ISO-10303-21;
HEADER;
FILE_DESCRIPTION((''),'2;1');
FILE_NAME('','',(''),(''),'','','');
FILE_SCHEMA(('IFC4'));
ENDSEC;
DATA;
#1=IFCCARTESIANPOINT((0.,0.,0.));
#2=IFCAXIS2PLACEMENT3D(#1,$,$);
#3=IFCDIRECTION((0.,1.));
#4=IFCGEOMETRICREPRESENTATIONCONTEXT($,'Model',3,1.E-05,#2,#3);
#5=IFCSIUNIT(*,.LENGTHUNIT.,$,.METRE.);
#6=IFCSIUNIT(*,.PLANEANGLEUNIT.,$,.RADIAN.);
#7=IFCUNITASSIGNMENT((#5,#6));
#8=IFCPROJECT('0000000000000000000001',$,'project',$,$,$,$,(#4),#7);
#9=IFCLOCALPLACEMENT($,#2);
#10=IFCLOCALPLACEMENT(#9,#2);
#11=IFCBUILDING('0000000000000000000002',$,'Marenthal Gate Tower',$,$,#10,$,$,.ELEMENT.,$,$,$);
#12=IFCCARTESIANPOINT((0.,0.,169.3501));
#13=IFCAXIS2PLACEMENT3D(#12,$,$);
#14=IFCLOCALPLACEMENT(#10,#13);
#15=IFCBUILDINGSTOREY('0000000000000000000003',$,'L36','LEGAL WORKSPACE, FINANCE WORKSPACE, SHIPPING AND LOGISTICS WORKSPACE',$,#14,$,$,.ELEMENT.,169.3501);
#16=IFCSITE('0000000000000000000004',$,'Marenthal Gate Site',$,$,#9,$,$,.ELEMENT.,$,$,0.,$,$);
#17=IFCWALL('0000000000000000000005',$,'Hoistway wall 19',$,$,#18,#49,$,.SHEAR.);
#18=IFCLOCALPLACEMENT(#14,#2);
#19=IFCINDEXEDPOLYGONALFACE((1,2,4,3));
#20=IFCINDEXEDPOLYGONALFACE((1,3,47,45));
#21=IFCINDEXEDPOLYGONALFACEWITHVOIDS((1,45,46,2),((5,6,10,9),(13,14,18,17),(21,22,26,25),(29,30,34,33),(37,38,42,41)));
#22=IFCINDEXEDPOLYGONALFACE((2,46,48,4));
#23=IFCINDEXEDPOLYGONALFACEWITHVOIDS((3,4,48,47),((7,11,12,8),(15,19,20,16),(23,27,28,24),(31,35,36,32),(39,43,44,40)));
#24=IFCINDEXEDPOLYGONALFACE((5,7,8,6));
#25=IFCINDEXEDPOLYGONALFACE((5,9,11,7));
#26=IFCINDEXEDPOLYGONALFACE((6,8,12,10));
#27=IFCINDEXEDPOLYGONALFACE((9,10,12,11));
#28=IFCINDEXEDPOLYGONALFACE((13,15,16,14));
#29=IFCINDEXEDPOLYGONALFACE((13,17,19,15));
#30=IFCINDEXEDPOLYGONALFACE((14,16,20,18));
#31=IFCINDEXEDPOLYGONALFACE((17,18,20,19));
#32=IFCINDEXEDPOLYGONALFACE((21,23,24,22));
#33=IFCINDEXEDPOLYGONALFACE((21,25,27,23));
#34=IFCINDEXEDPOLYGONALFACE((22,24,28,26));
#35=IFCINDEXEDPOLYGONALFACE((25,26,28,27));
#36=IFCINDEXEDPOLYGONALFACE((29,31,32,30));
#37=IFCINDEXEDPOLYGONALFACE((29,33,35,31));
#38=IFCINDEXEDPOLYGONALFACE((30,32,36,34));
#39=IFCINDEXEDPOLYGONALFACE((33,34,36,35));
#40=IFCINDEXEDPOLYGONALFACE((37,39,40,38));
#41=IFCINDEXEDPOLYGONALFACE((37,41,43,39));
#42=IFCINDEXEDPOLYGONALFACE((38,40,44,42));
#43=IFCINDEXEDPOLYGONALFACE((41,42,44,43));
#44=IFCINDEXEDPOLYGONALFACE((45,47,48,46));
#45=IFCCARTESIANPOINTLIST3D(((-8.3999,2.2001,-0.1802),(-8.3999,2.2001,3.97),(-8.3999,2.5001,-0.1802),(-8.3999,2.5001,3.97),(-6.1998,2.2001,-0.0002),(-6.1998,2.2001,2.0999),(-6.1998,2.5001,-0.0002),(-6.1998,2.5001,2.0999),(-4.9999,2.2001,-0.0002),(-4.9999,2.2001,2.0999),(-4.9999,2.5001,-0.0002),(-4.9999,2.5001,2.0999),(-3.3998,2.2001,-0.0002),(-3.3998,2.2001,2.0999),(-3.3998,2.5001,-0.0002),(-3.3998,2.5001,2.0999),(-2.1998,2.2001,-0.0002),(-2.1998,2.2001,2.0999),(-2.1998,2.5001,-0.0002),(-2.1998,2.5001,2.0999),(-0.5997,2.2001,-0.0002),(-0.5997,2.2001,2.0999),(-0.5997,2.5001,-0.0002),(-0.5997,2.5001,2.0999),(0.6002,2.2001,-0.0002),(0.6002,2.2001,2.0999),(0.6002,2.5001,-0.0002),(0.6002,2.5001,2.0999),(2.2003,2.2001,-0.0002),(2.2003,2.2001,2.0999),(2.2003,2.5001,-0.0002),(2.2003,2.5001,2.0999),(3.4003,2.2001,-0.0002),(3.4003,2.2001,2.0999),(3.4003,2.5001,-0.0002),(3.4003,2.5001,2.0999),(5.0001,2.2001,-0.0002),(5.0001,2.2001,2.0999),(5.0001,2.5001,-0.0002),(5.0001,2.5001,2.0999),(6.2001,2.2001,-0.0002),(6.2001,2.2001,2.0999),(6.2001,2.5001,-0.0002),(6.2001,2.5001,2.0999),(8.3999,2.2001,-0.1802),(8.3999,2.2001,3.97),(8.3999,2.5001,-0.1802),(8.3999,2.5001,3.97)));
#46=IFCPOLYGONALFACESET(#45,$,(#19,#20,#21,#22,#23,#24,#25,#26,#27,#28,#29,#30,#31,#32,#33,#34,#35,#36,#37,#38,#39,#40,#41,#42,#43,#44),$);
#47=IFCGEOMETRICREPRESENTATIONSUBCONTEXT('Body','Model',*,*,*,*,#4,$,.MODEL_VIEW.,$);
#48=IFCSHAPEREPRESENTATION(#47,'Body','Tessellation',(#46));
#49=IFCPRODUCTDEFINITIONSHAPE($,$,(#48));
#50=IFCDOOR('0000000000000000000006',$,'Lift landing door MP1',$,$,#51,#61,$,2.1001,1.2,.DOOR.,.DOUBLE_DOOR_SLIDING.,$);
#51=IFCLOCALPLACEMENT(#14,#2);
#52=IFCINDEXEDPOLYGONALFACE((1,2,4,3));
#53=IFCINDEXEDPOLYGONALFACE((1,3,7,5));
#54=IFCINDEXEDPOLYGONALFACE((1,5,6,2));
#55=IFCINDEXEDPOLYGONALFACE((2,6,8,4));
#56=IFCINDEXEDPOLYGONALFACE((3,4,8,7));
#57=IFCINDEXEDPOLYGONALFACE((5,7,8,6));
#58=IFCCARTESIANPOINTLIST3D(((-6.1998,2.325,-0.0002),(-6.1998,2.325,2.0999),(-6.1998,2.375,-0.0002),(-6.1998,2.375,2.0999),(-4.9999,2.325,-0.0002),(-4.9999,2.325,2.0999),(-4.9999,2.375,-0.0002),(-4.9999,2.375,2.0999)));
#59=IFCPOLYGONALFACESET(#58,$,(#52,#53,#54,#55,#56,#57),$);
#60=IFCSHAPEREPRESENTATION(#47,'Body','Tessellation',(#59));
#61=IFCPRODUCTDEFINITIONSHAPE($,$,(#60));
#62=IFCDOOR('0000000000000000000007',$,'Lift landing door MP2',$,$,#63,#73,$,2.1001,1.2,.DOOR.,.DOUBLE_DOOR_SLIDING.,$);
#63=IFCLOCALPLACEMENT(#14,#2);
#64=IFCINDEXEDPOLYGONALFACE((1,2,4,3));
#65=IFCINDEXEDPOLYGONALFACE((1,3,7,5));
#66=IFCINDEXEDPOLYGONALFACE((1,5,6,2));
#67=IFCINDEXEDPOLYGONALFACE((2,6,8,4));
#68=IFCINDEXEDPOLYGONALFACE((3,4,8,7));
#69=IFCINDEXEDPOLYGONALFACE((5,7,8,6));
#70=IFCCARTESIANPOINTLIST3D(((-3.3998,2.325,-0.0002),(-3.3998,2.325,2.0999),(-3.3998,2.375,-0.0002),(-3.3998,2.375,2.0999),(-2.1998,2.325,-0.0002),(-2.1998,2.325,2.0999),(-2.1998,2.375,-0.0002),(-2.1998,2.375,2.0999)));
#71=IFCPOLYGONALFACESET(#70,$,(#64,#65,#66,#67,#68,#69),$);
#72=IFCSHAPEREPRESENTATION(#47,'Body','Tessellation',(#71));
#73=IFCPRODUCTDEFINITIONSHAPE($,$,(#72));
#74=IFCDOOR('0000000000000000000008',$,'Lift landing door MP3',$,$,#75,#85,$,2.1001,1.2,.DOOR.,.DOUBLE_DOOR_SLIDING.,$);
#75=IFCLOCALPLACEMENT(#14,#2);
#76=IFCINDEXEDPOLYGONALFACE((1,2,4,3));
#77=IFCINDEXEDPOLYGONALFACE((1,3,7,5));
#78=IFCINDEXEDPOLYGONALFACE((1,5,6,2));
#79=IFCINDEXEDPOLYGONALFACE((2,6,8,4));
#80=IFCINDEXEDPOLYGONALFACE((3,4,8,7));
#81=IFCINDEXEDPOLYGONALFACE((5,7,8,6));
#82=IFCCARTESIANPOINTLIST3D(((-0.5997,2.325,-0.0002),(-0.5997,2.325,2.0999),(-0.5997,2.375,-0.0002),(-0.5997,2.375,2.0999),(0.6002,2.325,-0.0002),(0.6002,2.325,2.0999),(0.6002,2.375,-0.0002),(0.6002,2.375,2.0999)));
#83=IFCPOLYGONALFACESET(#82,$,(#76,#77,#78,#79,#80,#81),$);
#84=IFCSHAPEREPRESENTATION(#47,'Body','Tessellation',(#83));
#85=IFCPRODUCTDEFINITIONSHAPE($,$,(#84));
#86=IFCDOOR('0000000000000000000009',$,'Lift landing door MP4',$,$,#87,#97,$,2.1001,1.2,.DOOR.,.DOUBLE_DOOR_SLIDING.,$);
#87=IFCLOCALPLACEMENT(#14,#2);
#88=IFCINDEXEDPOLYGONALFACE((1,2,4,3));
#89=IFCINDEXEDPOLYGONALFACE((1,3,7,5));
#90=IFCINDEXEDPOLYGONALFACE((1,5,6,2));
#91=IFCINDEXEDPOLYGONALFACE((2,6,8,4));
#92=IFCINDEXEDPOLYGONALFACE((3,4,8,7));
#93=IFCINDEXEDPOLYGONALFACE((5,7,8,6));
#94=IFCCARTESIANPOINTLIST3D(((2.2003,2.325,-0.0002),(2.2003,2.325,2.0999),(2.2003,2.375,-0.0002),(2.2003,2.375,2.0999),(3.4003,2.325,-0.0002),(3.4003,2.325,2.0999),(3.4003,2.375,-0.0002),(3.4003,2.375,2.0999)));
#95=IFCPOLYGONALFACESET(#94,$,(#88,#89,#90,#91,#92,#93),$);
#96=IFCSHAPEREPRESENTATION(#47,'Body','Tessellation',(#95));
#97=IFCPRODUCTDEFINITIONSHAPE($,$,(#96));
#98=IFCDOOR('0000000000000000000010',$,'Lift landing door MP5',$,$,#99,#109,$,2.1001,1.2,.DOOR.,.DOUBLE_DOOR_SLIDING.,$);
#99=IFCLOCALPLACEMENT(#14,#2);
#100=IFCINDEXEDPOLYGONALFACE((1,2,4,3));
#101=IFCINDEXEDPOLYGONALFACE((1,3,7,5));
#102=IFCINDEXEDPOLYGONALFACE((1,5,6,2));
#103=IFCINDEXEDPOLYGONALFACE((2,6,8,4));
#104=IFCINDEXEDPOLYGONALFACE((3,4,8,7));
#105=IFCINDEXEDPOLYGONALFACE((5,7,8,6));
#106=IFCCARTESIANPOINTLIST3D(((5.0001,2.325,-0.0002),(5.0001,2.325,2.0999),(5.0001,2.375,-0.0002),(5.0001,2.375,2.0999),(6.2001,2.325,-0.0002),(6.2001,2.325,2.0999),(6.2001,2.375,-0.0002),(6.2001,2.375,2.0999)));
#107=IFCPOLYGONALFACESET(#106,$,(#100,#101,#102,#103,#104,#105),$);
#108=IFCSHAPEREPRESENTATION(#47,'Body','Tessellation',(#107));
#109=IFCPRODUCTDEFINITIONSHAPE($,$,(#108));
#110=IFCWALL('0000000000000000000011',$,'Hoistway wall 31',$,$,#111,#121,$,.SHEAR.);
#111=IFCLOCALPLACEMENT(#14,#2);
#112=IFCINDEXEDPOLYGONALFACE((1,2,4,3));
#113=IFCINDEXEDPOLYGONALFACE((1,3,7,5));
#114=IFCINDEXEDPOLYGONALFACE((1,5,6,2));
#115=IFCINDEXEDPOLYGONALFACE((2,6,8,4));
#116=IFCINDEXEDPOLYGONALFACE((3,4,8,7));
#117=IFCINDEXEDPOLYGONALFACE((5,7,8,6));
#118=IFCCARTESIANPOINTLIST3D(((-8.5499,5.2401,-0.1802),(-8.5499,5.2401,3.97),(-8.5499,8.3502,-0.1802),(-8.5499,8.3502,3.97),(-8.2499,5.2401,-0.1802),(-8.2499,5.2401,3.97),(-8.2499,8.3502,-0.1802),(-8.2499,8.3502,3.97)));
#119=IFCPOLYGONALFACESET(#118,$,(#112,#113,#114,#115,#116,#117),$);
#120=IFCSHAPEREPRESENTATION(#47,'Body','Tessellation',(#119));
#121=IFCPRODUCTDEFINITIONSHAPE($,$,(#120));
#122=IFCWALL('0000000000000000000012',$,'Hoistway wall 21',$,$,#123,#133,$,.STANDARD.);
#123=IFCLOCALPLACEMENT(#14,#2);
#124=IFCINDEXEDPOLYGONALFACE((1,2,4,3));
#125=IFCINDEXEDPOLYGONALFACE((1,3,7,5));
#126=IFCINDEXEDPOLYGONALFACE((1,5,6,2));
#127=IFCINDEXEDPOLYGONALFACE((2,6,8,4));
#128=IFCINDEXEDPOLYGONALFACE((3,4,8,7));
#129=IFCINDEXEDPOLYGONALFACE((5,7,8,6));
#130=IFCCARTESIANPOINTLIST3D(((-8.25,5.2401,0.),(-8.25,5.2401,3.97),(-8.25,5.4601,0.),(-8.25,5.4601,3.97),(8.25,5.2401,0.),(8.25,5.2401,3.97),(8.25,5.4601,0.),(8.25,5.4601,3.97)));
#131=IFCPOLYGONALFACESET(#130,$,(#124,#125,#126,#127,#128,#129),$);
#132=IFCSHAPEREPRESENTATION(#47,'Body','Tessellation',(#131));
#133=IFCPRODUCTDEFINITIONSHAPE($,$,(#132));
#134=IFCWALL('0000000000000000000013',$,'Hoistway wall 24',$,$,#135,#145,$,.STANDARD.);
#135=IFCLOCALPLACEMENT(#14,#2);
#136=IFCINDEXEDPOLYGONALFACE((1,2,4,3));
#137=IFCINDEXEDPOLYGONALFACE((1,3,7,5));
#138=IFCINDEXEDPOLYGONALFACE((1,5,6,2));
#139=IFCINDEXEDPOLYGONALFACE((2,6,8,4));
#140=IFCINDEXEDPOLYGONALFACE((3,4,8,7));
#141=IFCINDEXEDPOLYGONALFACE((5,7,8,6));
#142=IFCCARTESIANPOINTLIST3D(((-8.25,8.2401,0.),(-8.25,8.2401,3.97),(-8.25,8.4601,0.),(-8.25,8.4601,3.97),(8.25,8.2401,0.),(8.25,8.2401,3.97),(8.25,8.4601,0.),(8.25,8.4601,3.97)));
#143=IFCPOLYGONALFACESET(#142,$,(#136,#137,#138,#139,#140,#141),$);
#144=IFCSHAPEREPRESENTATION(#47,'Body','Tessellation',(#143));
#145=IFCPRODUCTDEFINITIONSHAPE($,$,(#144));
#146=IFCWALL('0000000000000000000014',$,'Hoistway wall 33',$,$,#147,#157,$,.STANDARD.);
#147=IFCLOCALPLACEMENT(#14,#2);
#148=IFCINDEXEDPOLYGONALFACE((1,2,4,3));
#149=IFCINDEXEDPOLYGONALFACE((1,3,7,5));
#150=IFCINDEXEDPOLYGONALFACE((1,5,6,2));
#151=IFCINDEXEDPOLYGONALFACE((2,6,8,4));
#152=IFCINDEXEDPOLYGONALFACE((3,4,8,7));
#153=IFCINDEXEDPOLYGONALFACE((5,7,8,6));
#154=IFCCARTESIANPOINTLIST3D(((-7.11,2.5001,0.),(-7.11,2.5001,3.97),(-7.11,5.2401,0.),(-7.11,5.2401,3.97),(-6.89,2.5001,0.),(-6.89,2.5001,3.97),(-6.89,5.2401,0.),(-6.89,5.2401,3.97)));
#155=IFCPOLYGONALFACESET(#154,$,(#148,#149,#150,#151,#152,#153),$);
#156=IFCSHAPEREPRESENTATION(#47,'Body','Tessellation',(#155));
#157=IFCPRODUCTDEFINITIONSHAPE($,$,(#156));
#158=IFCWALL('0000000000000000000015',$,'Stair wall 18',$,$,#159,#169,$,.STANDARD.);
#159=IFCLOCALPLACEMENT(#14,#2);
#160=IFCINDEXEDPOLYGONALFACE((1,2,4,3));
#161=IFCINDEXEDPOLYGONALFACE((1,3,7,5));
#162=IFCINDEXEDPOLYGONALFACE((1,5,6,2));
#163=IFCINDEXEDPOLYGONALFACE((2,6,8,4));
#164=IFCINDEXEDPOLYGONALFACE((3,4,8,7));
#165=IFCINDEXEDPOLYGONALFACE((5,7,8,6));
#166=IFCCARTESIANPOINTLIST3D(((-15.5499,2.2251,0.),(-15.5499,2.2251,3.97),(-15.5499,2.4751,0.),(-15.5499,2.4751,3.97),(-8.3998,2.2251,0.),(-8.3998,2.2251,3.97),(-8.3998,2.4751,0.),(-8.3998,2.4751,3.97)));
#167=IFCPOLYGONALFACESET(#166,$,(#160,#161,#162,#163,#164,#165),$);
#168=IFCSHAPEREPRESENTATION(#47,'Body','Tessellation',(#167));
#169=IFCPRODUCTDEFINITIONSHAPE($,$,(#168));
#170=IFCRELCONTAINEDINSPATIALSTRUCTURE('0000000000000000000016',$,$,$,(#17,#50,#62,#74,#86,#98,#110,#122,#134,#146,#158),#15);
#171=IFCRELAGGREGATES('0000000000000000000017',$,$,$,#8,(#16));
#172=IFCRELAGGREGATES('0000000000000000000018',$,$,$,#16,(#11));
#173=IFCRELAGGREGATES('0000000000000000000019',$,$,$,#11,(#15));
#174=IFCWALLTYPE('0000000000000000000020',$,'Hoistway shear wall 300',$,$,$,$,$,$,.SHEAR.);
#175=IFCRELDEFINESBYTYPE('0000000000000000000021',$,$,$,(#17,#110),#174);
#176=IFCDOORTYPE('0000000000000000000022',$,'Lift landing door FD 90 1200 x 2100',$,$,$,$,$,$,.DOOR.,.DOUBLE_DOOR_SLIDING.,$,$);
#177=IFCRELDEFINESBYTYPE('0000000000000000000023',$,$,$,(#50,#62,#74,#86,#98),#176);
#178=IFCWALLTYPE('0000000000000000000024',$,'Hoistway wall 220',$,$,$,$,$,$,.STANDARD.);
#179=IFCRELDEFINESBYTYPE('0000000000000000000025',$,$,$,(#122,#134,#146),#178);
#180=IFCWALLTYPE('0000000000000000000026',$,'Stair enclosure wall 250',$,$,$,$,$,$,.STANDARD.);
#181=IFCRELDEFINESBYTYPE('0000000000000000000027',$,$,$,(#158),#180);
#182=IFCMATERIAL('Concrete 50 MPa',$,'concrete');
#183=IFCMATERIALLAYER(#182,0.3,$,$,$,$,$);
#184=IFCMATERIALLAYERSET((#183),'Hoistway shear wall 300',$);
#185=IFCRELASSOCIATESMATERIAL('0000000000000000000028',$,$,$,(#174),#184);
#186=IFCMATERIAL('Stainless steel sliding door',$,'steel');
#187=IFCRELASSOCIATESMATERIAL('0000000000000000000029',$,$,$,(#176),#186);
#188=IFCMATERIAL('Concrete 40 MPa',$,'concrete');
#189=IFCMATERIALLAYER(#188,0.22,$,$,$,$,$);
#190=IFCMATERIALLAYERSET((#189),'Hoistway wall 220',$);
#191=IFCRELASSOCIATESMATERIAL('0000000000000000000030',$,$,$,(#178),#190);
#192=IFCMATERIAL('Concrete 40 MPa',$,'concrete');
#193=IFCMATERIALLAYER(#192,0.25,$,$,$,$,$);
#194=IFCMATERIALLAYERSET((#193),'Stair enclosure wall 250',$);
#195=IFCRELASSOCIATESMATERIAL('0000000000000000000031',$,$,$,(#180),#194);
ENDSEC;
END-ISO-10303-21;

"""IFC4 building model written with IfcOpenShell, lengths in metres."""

from ifc_helpers import new_model, si_unit, direction, frame, frame_2d, origin, place, context, subcontext, project, spatial, rectangle, extrude, material, layer, layer_set, type_object, element, fill, save


model = new_model("IFC4")

# Units and contexts
model_context = context("Model", 3, precision=1e-05, world=origin(), true_north=direction((0.0, 1.0)))
body_context = subcontext(model_context, "Body", "Model", "MODEL_VIEW")
ifc_project = project(units=[si_unit("LENGTHUNIT", "METRE"), si_unit("PLANEANGLEUNIT", "RADIAN")], contexts=[model_context])

# Site, building, storey
site_placement = place(None, origin())
site = spatial("IfcSite", under=ifc_project, at=site_placement, Name="Marenthal Gate Site", CompositionType="ELEMENT", RefElevation=0.0)
building_placement = place(site_placement, origin())
building = spatial("IfcBuilding", under=site, at=building_placement, Name="Marenthal Gate Tower", CompositionType="ELEMENT")
storey_placement = place(building_placement, frame((0.0, 0.0, 169.3501)))
storey = spatial("IfcBuildingStorey", under=building, at=storey_placement, Name="L36", Description="LEGAL WORKSPACE, FINANCE WORKSPACE, SHIPPING AND LOGISTICS WORKSPACE", CompositionType="ELEMENT", Elevation=169.3501)

# Wall, openings, doors
ifc_material_1 = material(Name="Concrete 50 MPa", Category="concrete")
ifc_layer_1 = layer(ifc_material_1, 0.3)
ifc_layer_set_1 = layer_set([ifc_layer_1], Name="Hoistway shear wall 300")
wall_type_1 = type_object("IfcWallType", Name="Hoistway shear wall 300", PredefinedType="SHEAR", material=ifc_layer_set_1)
wall_1_placement = place(storey_placement, frame((-8.3999, 2.3501, -0.1802), z_axis=(0.0, 0.0, 1.0), x_axis=(1.0, 0.0, 0.0)))
wall_1 = element("IfcWall", 1, at=wall_1_placement, inside=storey, type_object=wall_type_1, Name="Hoistway wall 19", PredefinedType="SHEAR", context=body_context, shape_type="SweptSolid", body=[
    extrude(rectangle(XDim=16.7998, YDim=0.3, at=frame_2d((8.3999, 0.0))), origin(), (0.0, 0.0, 1.0), 4.1501),
])
opening_1_placement = place(wall_1_placement, frame((2.2, 0.0, 0.1799)))
opening_1 = element("IfcOpeningElement", 2, at=opening_1_placement, cuts=wall_1, PredefinedType="OPENING", context=body_context, shape_type="SweptSolid", body=[
    extrude(rectangle(XDim=1.2, YDim=2.1001, at=frame_2d((0.6001, 1.05))), frame((0.0, 0.1602, 0.0), z_axis=(0.0, -1.0, 0.0), x_axis=(1.0, 0.0, 0.0)), (0.0, 0.0, 1.0), 0.3201),
])
opening_2_placement = place(wall_1_placement, frame((5.0, 0.0, 0.1799)))
opening_2 = element("IfcOpeningElement", 3, at=opening_2_placement, cuts=wall_1, PredefinedType="OPENING", context=body_context, shape_type="SweptSolid", body=[
    extrude(rectangle(XDim=1.2, YDim=2.1001, at=frame_2d((0.6001, 1.05))), frame((0.0, 0.1602, 0.0), z_axis=(0.0, -1.0, 0.0), x_axis=(1.0, 0.0, 0.0)), (0.0, 0.0, 1.0), 0.3201),
])
opening_3_placement = place(wall_1_placement, frame((7.8, 0.0, 0.1799)))
opening_3 = element("IfcOpeningElement", 4, at=opening_3_placement, cuts=wall_1, PredefinedType="OPENING", context=body_context, shape_type="SweptSolid", body=[
    extrude(rectangle(XDim=1.2, YDim=2.1001, at=frame_2d((0.6001, 1.05))), frame((0.0, 0.1602, 0.0), z_axis=(0.0, -1.0, 0.0), x_axis=(1.0, 0.0, 0.0)), (0.0, 0.0, 1.0), 0.3201),
])
opening_4_placement = place(wall_1_placement, frame((10.6001, 0.0, 0.1799)))
opening_4 = element("IfcOpeningElement", 5, at=opening_4_placement, cuts=wall_1, PredefinedType="OPENING", context=body_context, shape_type="SweptSolid", body=[
    extrude(rectangle(XDim=1.2, YDim=2.1001, at=frame_2d((0.6001, 1.05))), frame((0.0, 0.1602, 0.0), z_axis=(0.0, -1.0, 0.0), x_axis=(1.0, 0.0, 0.0)), (0.0, 0.0, 1.0), 0.3201),
])
opening_5_placement = place(wall_1_placement, frame((13.3999, 0.0, 0.1799)))
opening_5 = element("IfcOpeningElement", 6, at=opening_5_placement, cuts=wall_1, PredefinedType="OPENING", context=body_context, shape_type="SweptSolid", body=[
    extrude(rectangle(XDim=1.2, YDim=2.1001, at=frame_2d((0.6001, 1.05))), frame((0.0, 0.1602, 0.0), z_axis=(0.0, -1.0, 0.0), x_axis=(1.0, 0.0, 0.0)), (0.0, 0.0, 1.0), 0.3201),
])
ifc_material_2 = material(Name="Stainless steel sliding door", Category="steel")
door_type_1 = type_object("IfcDoorType", Name="Lift landing door FD 90 1200 x 2100", OperationType="DOUBLE_DOOR_SLIDING", PredefinedType="DOOR", material=ifc_material_2)
door_1_placement = place(opening_1_placement, origin())
door_1 = element("IfcDoor", 7, at=door_1_placement, inside=storey, type_object=door_type_1, Name="Lift landing door MP1", OperationType="DOUBLE_DOOR_SLIDING", OverallHeight=2.1001, OverallWidth=1.2, PredefinedType="DOOR", context=body_context, shape_type="SweptSolid", body=[
    extrude(rectangle(XDim=1.2, YDim=2.1001, at=frame_2d((0.6001, 1.05))), frame((0.0, 0.0249, 0.0), z_axis=(0.0, -1.0, 0.0), x_axis=(1.0, 0.0, 0.0)), (0.0, 0.0, 1.0), 0.05),
])
fill(opening_1, door_1)
door_2_placement = place(opening_2_placement, origin())
door_2 = element("IfcDoor", 8, at=door_2_placement, inside=storey, type_object=door_type_1, Name="Lift landing door MP2", OperationType="DOUBLE_DOOR_SLIDING", OverallHeight=2.1001, OverallWidth=1.2, PredefinedType="DOOR", context=body_context, shape_type="SweptSolid", body=[
    extrude(rectangle(XDim=1.2, YDim=2.1001, at=frame_2d((0.6001, 1.05))), frame((0.0, 0.0249, 0.0), z_axis=(0.0, -1.0, 0.0), x_axis=(1.0, 0.0, 0.0)), (0.0, 0.0, 1.0), 0.05),
])
fill(opening_2, door_2)
door_3_placement = place(opening_3_placement, origin())
door_3 = element("IfcDoor", 9, at=door_3_placement, inside=storey, type_object=door_type_1, Name="Lift landing door MP3", OperationType="DOUBLE_DOOR_SLIDING", OverallHeight=2.1001, OverallWidth=1.2, PredefinedType="DOOR", context=body_context, shape_type="SweptSolid", body=[
    extrude(rectangle(XDim=1.2, YDim=2.1001, at=frame_2d((0.6001, 1.05))), frame((0.0, 0.0249, 0.0), z_axis=(0.0, -1.0, 0.0), x_axis=(1.0, 0.0, 0.0)), (0.0, 0.0, 1.0), 0.05),
])
fill(opening_3, door_3)
door_4_placement = place(opening_4_placement, origin())
door_4 = element("IfcDoor", 10, at=door_4_placement, inside=storey, type_object=door_type_1, Name="Lift landing door MP4", OperationType="DOUBLE_DOOR_SLIDING", OverallHeight=2.1001, OverallWidth=1.2, PredefinedType="DOOR", context=body_context, shape_type="SweptSolid", body=[
    extrude(rectangle(XDim=1.2, YDim=2.1001, at=frame_2d((0.6001, 1.05))), frame((0.0, 0.0249, 0.0), z_axis=(0.0, -1.0, 0.0), x_axis=(1.0, 0.0, 0.0)), (0.0, 0.0, 1.0), 0.05),
])
fill(opening_4, door_4)
door_5_placement = place(opening_5_placement, origin())
door_5 = element("IfcDoor", 11, at=door_5_placement, inside=storey, type_object=door_type_1, Name="Lift landing door MP5", OperationType="DOUBLE_DOOR_SLIDING", OverallHeight=2.1001, OverallWidth=1.2, PredefinedType="DOOR", context=body_context, shape_type="SweptSolid", body=[
    extrude(rectangle(XDim=1.2, YDim=2.1001, at=frame_2d((0.6001, 1.05))), frame((0.0, 0.0249, 0.0), z_axis=(0.0, -1.0, 0.0), x_axis=(1.0, 0.0, 0.0)), (0.0, 0.0, 1.0), 0.05),
])
fill(opening_5, door_5)

# Walls
wall_2_placement = place(storey_placement, frame((-8.3999, 5.24, -0.1802), z_axis=(0.0, 0.0, 1.0), x_axis=(0.0, 1.0, 0.0)))
element("IfcWall", 12, at=wall_2_placement, inside=storey, type_object=wall_type_1, Name="Hoistway wall 31", PredefinedType="SHEAR", context=body_context, shape_type="SweptSolid", body=[
    extrude(rectangle(XDim=3.1101, YDim=0.3, at=frame_2d((1.5552, 0.0))), origin(), (0.0, 0.0, 1.0), 4.1501),
])
ifc_material_3 = material(Name="Concrete 40 MPa", Category="concrete")
ifc_layer_2 = layer(ifc_material_3, 0.22)
ifc_layer_set_2 = layer_set([ifc_layer_2], Name="Hoistway wall 220")
wall_type_2 = type_object("IfcWallType", Name="Hoistway wall 220", PredefinedType="STANDARD", material=ifc_layer_set_2)
for number, where, z_axis, x_axis, name in (
    (13, (-8.25, 5.3501, 0.0), (0.0, 0.0, 1.0), (1.0, 0.0, 0.0), "Hoistway wall 21"),
    (14, (-8.25, 8.3501, 0.0), (0.0, 0.0, 1.0), (1.0, 0.0, 0.0), "Hoistway wall 24"),
):
    element("IfcWall", number, at=place(storey_placement, frame(where, z_axis=z_axis, x_axis=x_axis)), inside=storey, type_object=wall_type_2, Name=name, PredefinedType="STANDARD", context=body_context, shape_type="SweptSolid", body=[
        extrude(rectangle(XDim=16.5, YDim=0.22, at=frame_2d((8.25, 0.0))), origin(), (0.0, 0.0, 1.0), 3.97),
    ])
wall_3_placement = place(storey_placement, frame((-7.0, 2.5, 0.0), z_axis=(0.0, 0.0, 1.0), x_axis=(0.0, 1.0, 0.0)))
element("IfcWall", 15, at=wall_3_placement, inside=storey, type_object=wall_type_2, Name="Hoistway wall 33", PredefinedType="STANDARD", context=body_context, shape_type="SweptSolid", body=[
    extrude(rectangle(XDim=2.74, YDim=0.22, at=frame_2d((1.3701, 0.0))), origin(), (0.0, 0.0, 1.0), 3.97),
])
ifc_material_4 = material(Name="Concrete 40 MPa", Category="concrete")
ifc_layer_3 = layer(ifc_material_4, 0.25)
ifc_layer_set_3 = layer_set([ifc_layer_3], Name="Stair enclosure wall 250")
wall_type_3 = type_object("IfcWallType", Name="Stair enclosure wall 250", PredefinedType="STANDARD", material=ifc_layer_set_3)
wall_4_placement = place(storey_placement, frame((-15.55, 2.3501, 0.0), z_axis=(0.0, 0.0, 1.0), x_axis=(1.0, 0.0, 0.0)))
element("IfcWall", 16, at=wall_4_placement, inside=storey, type_object=wall_type_3, Name="Stair wall 18", PredefinedType="STANDARD", context=body_context, shape_type="SweptSolid", body=[
    extrude(rectangle(XDim=7.1501, YDim=0.25, at=frame_2d((3.5752, 0.0))), origin(), (0.0, 0.0, 1.0), 3.97),
])

save(model, "model.ifc")
